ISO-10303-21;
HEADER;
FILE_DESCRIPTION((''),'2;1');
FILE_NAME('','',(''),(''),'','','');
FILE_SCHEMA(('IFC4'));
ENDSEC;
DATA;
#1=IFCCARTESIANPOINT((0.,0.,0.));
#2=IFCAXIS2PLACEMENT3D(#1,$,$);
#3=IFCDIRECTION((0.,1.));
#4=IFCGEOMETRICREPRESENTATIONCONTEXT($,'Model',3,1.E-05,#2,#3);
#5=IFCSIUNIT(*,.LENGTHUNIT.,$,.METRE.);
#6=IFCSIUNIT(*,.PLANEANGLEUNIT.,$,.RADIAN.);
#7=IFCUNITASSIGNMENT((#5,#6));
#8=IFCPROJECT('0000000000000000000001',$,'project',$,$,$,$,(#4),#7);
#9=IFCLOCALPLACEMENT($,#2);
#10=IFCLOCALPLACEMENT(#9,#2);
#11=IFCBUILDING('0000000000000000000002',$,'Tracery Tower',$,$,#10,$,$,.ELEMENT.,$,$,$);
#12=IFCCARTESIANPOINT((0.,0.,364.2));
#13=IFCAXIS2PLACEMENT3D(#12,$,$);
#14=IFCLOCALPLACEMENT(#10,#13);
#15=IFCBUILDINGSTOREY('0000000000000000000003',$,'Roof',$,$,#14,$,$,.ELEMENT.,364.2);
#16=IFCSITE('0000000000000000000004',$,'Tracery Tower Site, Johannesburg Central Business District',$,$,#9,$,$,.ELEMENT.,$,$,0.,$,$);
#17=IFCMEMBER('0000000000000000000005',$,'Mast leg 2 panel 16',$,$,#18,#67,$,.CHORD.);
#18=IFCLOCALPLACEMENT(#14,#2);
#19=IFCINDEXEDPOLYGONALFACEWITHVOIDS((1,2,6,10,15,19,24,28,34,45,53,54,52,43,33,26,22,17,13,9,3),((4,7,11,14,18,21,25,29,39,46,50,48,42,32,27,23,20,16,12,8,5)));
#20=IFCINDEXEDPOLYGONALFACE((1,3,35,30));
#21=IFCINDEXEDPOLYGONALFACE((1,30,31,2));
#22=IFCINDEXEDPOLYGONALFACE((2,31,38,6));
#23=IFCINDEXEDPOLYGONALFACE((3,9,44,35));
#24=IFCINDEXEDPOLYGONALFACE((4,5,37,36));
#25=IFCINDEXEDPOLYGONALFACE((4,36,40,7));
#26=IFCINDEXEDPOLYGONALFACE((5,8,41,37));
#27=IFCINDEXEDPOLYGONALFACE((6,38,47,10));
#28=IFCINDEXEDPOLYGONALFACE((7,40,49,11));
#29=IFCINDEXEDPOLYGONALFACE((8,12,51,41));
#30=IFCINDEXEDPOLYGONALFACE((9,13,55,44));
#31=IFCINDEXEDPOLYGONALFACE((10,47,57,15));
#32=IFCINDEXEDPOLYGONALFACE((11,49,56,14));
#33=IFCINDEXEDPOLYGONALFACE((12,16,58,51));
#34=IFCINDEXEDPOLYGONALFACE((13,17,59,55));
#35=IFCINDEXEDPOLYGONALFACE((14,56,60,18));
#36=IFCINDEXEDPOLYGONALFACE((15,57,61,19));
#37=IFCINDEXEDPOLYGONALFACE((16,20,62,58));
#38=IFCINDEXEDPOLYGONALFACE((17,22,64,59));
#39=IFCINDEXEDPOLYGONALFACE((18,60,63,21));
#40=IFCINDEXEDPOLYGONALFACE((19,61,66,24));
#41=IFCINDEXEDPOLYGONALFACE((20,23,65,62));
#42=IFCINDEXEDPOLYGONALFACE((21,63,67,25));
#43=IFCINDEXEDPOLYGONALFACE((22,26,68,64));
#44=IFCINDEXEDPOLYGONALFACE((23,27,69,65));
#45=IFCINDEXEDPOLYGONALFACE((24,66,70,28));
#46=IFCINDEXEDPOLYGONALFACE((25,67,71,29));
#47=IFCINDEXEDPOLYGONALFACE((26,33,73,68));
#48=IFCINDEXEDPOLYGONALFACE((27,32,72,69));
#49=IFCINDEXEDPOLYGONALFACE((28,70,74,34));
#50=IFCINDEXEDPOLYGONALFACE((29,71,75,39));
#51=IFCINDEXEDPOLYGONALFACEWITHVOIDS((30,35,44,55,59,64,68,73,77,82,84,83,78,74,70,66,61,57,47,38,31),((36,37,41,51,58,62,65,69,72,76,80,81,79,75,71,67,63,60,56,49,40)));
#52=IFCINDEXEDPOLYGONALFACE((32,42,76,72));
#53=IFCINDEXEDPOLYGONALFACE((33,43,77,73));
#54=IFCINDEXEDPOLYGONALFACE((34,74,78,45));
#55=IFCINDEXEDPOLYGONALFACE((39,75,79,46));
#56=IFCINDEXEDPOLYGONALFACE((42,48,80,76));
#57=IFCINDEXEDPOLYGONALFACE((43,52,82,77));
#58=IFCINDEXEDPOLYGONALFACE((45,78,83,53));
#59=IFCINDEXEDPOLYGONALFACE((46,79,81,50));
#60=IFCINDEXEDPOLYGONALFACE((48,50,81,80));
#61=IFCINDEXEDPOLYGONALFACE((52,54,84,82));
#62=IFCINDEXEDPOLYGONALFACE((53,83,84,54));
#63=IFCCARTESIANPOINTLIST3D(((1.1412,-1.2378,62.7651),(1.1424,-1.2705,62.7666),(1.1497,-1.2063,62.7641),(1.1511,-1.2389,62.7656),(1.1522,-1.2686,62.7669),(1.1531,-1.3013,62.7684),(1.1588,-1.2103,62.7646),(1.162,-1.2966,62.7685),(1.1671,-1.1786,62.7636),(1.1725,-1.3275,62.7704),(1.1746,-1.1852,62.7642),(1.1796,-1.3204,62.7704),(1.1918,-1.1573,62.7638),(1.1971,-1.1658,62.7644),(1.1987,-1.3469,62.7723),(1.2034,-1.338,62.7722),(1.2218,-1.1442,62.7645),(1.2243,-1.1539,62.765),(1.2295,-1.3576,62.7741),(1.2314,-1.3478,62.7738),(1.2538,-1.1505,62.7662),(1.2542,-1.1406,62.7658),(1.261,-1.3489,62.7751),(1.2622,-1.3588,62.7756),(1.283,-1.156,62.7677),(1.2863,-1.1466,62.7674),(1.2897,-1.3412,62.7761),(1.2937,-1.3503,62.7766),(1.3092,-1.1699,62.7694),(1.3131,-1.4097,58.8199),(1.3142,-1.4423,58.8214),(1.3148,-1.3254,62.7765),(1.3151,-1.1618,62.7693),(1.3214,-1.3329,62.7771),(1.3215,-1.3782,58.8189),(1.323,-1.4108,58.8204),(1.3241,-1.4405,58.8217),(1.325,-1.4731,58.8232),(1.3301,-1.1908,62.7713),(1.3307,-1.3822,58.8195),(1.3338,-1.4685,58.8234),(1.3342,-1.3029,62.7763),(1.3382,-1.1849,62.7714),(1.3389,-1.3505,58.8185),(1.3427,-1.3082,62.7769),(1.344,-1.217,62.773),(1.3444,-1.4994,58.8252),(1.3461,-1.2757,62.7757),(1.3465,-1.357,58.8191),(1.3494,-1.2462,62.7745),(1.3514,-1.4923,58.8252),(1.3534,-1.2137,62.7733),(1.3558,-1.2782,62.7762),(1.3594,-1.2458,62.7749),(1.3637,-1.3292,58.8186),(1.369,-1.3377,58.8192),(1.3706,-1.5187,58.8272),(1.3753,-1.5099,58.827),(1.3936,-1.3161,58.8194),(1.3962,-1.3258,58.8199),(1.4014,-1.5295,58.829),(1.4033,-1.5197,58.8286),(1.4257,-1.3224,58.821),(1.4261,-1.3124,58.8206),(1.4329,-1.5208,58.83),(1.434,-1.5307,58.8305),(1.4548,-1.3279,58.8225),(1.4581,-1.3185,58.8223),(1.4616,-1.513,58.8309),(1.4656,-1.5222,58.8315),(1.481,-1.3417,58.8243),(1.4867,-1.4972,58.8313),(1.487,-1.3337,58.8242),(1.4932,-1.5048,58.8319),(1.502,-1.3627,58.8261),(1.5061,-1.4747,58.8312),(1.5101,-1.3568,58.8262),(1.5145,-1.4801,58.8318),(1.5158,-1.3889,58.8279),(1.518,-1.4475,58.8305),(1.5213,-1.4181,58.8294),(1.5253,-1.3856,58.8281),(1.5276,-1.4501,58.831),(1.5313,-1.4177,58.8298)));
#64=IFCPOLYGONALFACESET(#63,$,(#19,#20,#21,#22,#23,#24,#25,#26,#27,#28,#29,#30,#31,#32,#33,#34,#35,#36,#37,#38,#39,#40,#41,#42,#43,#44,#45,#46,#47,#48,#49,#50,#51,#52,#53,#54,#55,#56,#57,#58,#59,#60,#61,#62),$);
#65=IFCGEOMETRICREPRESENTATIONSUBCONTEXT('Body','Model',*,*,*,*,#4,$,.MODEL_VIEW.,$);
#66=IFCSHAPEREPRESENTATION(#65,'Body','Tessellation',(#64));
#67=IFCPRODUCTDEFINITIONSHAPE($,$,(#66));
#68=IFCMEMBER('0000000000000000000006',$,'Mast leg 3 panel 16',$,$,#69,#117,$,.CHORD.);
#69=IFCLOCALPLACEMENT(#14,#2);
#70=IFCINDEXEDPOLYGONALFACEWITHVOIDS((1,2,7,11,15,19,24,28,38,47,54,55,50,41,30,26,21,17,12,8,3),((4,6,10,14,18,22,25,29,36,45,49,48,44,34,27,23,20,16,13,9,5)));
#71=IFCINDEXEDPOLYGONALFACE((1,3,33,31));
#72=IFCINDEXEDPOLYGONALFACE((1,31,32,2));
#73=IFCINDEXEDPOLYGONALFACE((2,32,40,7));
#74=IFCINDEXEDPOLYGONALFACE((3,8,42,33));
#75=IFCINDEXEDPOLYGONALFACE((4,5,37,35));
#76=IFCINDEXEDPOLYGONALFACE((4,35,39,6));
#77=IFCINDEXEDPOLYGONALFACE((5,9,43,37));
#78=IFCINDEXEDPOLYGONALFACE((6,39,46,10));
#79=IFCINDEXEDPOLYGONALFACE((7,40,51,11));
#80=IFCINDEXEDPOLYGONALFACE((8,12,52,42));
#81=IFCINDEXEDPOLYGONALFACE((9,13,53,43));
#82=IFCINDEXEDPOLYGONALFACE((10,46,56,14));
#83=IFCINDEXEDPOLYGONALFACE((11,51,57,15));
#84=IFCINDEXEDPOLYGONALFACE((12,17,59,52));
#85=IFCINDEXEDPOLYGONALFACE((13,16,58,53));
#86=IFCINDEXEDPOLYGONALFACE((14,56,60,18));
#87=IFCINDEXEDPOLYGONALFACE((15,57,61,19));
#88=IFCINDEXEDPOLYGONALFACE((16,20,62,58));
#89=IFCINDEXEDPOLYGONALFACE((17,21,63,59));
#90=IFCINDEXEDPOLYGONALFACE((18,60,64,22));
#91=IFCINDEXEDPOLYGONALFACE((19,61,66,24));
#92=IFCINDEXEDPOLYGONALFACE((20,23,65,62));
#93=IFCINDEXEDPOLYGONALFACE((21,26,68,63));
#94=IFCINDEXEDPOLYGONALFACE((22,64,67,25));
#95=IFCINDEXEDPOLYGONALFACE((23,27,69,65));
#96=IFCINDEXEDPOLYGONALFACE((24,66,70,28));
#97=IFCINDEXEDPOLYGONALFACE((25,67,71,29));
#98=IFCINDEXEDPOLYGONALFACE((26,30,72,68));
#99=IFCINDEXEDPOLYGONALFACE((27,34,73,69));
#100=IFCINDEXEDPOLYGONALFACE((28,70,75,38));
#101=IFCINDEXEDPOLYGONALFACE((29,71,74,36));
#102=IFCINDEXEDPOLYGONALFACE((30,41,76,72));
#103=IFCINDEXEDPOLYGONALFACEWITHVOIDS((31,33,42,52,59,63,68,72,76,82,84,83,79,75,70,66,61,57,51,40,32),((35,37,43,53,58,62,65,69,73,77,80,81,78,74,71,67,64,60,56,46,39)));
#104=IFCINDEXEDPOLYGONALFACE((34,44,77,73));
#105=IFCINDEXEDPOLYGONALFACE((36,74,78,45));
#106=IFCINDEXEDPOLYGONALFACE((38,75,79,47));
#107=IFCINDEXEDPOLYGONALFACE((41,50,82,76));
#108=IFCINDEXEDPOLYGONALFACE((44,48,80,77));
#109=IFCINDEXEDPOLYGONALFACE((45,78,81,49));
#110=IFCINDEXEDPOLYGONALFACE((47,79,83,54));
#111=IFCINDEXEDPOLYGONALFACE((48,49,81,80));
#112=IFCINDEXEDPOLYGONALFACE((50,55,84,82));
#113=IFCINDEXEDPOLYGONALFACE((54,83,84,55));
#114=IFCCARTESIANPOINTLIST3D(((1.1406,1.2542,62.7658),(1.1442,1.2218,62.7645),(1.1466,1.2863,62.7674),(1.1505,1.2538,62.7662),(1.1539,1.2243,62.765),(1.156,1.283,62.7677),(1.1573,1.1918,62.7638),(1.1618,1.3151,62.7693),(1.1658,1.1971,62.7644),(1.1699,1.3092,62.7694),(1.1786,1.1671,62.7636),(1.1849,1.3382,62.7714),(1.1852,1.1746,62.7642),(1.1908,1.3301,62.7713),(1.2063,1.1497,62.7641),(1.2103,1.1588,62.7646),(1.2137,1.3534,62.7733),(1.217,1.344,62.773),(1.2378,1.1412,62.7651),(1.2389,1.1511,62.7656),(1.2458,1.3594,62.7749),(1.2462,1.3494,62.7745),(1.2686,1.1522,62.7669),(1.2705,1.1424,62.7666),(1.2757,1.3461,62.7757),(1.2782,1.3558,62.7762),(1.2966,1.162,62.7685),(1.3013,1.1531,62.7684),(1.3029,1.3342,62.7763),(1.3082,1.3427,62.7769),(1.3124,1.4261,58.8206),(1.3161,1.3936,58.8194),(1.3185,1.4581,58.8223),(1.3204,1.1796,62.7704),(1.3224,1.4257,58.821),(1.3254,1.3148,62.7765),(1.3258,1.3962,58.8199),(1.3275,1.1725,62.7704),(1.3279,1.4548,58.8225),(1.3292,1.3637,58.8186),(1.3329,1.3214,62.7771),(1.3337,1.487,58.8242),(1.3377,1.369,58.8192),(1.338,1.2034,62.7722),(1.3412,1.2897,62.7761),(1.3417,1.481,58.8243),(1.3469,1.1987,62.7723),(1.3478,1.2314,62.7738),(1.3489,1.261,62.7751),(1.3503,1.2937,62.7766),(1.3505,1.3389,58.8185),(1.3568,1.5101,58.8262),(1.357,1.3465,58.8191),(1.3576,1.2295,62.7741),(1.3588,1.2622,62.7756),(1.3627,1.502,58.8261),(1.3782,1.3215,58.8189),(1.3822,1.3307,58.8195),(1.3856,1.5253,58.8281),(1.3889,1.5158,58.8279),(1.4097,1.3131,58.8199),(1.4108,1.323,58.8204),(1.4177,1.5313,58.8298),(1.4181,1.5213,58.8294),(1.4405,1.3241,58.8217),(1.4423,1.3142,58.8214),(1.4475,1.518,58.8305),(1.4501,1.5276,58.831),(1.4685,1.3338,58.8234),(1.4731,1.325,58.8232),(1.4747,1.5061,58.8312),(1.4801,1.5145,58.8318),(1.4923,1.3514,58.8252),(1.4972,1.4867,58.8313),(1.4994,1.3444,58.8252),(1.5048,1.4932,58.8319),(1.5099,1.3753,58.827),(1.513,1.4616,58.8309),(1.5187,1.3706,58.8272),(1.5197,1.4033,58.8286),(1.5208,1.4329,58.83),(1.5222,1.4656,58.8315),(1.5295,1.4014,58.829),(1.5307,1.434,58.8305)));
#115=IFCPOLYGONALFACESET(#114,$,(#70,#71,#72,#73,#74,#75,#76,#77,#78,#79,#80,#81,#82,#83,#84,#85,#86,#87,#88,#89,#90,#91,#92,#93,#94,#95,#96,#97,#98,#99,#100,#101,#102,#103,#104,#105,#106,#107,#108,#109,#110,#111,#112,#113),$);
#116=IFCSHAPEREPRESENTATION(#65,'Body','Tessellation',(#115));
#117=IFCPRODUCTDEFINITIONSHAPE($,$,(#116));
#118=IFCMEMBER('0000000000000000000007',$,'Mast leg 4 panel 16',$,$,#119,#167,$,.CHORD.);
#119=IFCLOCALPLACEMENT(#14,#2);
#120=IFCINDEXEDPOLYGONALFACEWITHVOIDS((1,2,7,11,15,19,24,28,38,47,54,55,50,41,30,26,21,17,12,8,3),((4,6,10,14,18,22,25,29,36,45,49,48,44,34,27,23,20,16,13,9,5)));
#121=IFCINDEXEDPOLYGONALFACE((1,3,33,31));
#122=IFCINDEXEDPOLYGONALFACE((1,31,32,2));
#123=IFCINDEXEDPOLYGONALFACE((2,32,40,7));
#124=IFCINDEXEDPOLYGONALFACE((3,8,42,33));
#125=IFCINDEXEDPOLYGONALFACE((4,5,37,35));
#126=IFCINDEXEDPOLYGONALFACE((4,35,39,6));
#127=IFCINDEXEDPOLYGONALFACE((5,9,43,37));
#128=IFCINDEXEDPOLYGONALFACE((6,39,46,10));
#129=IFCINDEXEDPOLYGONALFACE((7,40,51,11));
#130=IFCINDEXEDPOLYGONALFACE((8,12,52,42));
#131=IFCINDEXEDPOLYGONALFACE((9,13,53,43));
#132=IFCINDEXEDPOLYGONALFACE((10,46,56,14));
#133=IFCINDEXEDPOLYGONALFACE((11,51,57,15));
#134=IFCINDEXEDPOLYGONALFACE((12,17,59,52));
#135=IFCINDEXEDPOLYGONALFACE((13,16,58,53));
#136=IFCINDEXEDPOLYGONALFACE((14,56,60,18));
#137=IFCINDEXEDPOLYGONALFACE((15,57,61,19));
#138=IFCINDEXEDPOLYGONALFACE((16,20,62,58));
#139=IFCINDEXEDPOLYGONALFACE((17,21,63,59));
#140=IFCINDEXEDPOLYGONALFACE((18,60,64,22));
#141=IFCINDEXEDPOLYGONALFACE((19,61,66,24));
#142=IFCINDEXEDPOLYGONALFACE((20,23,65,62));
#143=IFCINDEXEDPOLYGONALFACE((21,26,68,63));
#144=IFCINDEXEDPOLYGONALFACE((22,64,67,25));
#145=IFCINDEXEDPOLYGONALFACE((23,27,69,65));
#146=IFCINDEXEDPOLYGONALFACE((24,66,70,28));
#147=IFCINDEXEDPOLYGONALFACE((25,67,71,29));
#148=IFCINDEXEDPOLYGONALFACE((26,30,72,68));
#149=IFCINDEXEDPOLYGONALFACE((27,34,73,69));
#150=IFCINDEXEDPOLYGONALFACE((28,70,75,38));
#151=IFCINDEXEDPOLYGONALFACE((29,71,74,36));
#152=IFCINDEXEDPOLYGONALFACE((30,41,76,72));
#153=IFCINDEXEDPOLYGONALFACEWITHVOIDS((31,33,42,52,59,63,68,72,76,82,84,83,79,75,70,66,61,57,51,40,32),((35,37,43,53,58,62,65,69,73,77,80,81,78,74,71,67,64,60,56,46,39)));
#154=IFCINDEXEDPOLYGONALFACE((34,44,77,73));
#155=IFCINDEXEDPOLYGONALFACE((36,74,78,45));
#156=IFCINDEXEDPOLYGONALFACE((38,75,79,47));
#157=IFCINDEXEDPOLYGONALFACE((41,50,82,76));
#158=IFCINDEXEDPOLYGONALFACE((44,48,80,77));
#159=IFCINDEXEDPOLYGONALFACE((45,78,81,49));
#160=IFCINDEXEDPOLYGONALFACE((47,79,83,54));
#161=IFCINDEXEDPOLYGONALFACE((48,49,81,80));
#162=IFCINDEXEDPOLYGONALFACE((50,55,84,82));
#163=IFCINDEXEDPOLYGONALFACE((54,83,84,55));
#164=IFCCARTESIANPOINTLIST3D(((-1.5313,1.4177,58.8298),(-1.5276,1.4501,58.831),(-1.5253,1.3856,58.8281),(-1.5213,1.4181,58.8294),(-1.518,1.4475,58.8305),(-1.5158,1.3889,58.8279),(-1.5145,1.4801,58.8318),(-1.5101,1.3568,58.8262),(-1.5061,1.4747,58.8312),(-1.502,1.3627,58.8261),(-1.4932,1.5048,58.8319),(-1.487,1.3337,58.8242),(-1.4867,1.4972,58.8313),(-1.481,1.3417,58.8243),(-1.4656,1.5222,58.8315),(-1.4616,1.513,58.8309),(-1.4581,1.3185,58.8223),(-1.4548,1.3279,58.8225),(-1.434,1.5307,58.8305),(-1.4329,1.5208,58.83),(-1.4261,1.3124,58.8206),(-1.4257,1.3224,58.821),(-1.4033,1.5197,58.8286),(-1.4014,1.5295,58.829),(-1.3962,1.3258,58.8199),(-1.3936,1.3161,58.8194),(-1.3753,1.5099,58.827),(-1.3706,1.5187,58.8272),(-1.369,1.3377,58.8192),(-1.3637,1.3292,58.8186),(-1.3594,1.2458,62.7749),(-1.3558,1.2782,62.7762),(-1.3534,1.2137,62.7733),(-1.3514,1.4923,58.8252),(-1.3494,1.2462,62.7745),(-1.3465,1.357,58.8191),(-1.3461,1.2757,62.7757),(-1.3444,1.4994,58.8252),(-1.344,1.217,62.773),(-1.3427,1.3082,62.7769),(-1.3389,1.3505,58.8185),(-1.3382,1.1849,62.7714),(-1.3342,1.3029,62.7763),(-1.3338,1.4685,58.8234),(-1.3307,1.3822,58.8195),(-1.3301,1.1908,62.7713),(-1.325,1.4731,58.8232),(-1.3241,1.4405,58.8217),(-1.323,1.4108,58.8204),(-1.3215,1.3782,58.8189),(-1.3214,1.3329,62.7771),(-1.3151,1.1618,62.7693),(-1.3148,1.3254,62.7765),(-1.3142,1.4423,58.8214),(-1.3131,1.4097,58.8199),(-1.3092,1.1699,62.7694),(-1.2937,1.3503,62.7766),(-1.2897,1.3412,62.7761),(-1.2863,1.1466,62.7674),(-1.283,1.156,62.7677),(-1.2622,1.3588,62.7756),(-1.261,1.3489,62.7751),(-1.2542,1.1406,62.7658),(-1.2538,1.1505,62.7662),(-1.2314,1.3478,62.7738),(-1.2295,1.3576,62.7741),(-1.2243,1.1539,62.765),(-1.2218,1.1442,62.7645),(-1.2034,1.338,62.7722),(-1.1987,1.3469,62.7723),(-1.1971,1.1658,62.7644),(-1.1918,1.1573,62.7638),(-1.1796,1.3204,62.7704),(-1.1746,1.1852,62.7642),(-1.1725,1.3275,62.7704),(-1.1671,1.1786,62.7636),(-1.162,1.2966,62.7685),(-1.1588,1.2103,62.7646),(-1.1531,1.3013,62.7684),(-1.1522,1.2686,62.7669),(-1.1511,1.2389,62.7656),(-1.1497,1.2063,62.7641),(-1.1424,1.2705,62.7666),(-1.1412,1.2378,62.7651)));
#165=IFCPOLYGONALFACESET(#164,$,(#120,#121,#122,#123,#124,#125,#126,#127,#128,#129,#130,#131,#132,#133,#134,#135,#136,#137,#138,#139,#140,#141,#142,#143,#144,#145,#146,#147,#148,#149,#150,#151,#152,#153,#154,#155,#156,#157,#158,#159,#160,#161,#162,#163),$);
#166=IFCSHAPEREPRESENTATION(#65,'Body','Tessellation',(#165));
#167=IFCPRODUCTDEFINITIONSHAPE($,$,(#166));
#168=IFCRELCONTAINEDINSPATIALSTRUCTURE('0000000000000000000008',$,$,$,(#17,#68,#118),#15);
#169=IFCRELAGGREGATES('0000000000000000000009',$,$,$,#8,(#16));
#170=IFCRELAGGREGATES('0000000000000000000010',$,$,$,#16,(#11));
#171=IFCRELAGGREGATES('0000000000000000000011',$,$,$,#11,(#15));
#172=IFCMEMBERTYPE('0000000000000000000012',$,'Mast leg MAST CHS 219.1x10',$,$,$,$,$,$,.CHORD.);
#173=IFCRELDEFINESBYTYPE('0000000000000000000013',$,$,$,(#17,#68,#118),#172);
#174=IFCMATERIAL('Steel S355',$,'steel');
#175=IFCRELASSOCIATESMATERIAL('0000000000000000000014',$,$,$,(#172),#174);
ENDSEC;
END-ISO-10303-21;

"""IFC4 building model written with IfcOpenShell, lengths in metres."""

from ifc_helpers import new_model, si_unit, direction, frame, origin, origin_2d, place, context, subcontext, project, spatial, hollow_circle, extrude, material, material_profile, profile_set, type_object, element, save


model = new_model("IFC4")

# Units and contexts
model_context = context("Model", 3, precision=1e-05, world=origin(), true_north=direction((0.0, 1.0)))
body_context = subcontext(model_context, "Body", "Model", "MODEL_VIEW")
ifc_project = project(units=[si_unit("LENGTHUNIT", "METRE"), si_unit("PLANEANGLEUNIT", "RADIAN")], contexts=[model_context])

# Site, building, storey
site_placement = place(None, origin())
site = spatial("IfcSite", under=ifc_project, at=site_placement, Name="Tracery Tower Site, Johannesburg Central Business District", CompositionType="ELEMENT", RefElevation=0.0)
building_placement = place(site_placement, origin())
building = spatial("IfcBuilding", under=site, at=building_placement, Name="Tracery Tower", CompositionType="ELEMENT")
storey_placement = place(building_placement, frame((0.0, 0.0, 364.2)))
storey = spatial("IfcBuildingStorey", under=building, at=storey_placement, Name="Roof", CompositionType="ELEMENT", Elevation=364.2)

# Members
ifc_material_1 = material(Name="Steel S355", Category="steel")
ifc_material_profile_1 = material_profile(ifc_material_1, hollow_circle(Radius=0.1096, WallThickness=0.01, at=origin_2d()), Name="CHS 219.1x10")
ifc_profile_set_1 = profile_set([ifc_material_profile_1], Name="Steel S355")
member_type_1 = type_object("IfcMemberType", Name="Mast leg MAST CHS 219.1x10", PredefinedType="CHORD", material=ifc_profile_set_1)
for number, where, z_axis, x_axis, name in (
    (1, (1.4219, -1.4219, 58.8252), (-0.043485, 0.043485, 0.998107), (-0.707107, -0.707107, 0.0), "Mast leg 2 panel 16"),
    (2, (1.4219, 1.4219, 58.8252), (-0.043485, -0.043485, 0.998107), (0.707107, -0.707107, 0.0), "Mast leg 3 panel 16"),
    (3, (-1.4219, 1.4219, 58.8252), (0.043485, -0.043485, 0.998107), (0.707107, 0.707107, 0.0), "Mast leg 4 panel 16"),
):
    element("IfcMember", number, at=place(storey_placement, frame(where, z_axis=z_axis, x_axis=x_axis)), inside=storey, type_object=member_type_1, Name=name, PredefinedType="CHORD", context=body_context, shape_type="SweptSolid", body=[
        extrude(hollow_circle(Radius=0.1096, WallThickness=0.01, at=origin_2d()), origin(), (0.0, 0.0, 1.0), 3.9526),
    ])

save(model, "model.ifc")
